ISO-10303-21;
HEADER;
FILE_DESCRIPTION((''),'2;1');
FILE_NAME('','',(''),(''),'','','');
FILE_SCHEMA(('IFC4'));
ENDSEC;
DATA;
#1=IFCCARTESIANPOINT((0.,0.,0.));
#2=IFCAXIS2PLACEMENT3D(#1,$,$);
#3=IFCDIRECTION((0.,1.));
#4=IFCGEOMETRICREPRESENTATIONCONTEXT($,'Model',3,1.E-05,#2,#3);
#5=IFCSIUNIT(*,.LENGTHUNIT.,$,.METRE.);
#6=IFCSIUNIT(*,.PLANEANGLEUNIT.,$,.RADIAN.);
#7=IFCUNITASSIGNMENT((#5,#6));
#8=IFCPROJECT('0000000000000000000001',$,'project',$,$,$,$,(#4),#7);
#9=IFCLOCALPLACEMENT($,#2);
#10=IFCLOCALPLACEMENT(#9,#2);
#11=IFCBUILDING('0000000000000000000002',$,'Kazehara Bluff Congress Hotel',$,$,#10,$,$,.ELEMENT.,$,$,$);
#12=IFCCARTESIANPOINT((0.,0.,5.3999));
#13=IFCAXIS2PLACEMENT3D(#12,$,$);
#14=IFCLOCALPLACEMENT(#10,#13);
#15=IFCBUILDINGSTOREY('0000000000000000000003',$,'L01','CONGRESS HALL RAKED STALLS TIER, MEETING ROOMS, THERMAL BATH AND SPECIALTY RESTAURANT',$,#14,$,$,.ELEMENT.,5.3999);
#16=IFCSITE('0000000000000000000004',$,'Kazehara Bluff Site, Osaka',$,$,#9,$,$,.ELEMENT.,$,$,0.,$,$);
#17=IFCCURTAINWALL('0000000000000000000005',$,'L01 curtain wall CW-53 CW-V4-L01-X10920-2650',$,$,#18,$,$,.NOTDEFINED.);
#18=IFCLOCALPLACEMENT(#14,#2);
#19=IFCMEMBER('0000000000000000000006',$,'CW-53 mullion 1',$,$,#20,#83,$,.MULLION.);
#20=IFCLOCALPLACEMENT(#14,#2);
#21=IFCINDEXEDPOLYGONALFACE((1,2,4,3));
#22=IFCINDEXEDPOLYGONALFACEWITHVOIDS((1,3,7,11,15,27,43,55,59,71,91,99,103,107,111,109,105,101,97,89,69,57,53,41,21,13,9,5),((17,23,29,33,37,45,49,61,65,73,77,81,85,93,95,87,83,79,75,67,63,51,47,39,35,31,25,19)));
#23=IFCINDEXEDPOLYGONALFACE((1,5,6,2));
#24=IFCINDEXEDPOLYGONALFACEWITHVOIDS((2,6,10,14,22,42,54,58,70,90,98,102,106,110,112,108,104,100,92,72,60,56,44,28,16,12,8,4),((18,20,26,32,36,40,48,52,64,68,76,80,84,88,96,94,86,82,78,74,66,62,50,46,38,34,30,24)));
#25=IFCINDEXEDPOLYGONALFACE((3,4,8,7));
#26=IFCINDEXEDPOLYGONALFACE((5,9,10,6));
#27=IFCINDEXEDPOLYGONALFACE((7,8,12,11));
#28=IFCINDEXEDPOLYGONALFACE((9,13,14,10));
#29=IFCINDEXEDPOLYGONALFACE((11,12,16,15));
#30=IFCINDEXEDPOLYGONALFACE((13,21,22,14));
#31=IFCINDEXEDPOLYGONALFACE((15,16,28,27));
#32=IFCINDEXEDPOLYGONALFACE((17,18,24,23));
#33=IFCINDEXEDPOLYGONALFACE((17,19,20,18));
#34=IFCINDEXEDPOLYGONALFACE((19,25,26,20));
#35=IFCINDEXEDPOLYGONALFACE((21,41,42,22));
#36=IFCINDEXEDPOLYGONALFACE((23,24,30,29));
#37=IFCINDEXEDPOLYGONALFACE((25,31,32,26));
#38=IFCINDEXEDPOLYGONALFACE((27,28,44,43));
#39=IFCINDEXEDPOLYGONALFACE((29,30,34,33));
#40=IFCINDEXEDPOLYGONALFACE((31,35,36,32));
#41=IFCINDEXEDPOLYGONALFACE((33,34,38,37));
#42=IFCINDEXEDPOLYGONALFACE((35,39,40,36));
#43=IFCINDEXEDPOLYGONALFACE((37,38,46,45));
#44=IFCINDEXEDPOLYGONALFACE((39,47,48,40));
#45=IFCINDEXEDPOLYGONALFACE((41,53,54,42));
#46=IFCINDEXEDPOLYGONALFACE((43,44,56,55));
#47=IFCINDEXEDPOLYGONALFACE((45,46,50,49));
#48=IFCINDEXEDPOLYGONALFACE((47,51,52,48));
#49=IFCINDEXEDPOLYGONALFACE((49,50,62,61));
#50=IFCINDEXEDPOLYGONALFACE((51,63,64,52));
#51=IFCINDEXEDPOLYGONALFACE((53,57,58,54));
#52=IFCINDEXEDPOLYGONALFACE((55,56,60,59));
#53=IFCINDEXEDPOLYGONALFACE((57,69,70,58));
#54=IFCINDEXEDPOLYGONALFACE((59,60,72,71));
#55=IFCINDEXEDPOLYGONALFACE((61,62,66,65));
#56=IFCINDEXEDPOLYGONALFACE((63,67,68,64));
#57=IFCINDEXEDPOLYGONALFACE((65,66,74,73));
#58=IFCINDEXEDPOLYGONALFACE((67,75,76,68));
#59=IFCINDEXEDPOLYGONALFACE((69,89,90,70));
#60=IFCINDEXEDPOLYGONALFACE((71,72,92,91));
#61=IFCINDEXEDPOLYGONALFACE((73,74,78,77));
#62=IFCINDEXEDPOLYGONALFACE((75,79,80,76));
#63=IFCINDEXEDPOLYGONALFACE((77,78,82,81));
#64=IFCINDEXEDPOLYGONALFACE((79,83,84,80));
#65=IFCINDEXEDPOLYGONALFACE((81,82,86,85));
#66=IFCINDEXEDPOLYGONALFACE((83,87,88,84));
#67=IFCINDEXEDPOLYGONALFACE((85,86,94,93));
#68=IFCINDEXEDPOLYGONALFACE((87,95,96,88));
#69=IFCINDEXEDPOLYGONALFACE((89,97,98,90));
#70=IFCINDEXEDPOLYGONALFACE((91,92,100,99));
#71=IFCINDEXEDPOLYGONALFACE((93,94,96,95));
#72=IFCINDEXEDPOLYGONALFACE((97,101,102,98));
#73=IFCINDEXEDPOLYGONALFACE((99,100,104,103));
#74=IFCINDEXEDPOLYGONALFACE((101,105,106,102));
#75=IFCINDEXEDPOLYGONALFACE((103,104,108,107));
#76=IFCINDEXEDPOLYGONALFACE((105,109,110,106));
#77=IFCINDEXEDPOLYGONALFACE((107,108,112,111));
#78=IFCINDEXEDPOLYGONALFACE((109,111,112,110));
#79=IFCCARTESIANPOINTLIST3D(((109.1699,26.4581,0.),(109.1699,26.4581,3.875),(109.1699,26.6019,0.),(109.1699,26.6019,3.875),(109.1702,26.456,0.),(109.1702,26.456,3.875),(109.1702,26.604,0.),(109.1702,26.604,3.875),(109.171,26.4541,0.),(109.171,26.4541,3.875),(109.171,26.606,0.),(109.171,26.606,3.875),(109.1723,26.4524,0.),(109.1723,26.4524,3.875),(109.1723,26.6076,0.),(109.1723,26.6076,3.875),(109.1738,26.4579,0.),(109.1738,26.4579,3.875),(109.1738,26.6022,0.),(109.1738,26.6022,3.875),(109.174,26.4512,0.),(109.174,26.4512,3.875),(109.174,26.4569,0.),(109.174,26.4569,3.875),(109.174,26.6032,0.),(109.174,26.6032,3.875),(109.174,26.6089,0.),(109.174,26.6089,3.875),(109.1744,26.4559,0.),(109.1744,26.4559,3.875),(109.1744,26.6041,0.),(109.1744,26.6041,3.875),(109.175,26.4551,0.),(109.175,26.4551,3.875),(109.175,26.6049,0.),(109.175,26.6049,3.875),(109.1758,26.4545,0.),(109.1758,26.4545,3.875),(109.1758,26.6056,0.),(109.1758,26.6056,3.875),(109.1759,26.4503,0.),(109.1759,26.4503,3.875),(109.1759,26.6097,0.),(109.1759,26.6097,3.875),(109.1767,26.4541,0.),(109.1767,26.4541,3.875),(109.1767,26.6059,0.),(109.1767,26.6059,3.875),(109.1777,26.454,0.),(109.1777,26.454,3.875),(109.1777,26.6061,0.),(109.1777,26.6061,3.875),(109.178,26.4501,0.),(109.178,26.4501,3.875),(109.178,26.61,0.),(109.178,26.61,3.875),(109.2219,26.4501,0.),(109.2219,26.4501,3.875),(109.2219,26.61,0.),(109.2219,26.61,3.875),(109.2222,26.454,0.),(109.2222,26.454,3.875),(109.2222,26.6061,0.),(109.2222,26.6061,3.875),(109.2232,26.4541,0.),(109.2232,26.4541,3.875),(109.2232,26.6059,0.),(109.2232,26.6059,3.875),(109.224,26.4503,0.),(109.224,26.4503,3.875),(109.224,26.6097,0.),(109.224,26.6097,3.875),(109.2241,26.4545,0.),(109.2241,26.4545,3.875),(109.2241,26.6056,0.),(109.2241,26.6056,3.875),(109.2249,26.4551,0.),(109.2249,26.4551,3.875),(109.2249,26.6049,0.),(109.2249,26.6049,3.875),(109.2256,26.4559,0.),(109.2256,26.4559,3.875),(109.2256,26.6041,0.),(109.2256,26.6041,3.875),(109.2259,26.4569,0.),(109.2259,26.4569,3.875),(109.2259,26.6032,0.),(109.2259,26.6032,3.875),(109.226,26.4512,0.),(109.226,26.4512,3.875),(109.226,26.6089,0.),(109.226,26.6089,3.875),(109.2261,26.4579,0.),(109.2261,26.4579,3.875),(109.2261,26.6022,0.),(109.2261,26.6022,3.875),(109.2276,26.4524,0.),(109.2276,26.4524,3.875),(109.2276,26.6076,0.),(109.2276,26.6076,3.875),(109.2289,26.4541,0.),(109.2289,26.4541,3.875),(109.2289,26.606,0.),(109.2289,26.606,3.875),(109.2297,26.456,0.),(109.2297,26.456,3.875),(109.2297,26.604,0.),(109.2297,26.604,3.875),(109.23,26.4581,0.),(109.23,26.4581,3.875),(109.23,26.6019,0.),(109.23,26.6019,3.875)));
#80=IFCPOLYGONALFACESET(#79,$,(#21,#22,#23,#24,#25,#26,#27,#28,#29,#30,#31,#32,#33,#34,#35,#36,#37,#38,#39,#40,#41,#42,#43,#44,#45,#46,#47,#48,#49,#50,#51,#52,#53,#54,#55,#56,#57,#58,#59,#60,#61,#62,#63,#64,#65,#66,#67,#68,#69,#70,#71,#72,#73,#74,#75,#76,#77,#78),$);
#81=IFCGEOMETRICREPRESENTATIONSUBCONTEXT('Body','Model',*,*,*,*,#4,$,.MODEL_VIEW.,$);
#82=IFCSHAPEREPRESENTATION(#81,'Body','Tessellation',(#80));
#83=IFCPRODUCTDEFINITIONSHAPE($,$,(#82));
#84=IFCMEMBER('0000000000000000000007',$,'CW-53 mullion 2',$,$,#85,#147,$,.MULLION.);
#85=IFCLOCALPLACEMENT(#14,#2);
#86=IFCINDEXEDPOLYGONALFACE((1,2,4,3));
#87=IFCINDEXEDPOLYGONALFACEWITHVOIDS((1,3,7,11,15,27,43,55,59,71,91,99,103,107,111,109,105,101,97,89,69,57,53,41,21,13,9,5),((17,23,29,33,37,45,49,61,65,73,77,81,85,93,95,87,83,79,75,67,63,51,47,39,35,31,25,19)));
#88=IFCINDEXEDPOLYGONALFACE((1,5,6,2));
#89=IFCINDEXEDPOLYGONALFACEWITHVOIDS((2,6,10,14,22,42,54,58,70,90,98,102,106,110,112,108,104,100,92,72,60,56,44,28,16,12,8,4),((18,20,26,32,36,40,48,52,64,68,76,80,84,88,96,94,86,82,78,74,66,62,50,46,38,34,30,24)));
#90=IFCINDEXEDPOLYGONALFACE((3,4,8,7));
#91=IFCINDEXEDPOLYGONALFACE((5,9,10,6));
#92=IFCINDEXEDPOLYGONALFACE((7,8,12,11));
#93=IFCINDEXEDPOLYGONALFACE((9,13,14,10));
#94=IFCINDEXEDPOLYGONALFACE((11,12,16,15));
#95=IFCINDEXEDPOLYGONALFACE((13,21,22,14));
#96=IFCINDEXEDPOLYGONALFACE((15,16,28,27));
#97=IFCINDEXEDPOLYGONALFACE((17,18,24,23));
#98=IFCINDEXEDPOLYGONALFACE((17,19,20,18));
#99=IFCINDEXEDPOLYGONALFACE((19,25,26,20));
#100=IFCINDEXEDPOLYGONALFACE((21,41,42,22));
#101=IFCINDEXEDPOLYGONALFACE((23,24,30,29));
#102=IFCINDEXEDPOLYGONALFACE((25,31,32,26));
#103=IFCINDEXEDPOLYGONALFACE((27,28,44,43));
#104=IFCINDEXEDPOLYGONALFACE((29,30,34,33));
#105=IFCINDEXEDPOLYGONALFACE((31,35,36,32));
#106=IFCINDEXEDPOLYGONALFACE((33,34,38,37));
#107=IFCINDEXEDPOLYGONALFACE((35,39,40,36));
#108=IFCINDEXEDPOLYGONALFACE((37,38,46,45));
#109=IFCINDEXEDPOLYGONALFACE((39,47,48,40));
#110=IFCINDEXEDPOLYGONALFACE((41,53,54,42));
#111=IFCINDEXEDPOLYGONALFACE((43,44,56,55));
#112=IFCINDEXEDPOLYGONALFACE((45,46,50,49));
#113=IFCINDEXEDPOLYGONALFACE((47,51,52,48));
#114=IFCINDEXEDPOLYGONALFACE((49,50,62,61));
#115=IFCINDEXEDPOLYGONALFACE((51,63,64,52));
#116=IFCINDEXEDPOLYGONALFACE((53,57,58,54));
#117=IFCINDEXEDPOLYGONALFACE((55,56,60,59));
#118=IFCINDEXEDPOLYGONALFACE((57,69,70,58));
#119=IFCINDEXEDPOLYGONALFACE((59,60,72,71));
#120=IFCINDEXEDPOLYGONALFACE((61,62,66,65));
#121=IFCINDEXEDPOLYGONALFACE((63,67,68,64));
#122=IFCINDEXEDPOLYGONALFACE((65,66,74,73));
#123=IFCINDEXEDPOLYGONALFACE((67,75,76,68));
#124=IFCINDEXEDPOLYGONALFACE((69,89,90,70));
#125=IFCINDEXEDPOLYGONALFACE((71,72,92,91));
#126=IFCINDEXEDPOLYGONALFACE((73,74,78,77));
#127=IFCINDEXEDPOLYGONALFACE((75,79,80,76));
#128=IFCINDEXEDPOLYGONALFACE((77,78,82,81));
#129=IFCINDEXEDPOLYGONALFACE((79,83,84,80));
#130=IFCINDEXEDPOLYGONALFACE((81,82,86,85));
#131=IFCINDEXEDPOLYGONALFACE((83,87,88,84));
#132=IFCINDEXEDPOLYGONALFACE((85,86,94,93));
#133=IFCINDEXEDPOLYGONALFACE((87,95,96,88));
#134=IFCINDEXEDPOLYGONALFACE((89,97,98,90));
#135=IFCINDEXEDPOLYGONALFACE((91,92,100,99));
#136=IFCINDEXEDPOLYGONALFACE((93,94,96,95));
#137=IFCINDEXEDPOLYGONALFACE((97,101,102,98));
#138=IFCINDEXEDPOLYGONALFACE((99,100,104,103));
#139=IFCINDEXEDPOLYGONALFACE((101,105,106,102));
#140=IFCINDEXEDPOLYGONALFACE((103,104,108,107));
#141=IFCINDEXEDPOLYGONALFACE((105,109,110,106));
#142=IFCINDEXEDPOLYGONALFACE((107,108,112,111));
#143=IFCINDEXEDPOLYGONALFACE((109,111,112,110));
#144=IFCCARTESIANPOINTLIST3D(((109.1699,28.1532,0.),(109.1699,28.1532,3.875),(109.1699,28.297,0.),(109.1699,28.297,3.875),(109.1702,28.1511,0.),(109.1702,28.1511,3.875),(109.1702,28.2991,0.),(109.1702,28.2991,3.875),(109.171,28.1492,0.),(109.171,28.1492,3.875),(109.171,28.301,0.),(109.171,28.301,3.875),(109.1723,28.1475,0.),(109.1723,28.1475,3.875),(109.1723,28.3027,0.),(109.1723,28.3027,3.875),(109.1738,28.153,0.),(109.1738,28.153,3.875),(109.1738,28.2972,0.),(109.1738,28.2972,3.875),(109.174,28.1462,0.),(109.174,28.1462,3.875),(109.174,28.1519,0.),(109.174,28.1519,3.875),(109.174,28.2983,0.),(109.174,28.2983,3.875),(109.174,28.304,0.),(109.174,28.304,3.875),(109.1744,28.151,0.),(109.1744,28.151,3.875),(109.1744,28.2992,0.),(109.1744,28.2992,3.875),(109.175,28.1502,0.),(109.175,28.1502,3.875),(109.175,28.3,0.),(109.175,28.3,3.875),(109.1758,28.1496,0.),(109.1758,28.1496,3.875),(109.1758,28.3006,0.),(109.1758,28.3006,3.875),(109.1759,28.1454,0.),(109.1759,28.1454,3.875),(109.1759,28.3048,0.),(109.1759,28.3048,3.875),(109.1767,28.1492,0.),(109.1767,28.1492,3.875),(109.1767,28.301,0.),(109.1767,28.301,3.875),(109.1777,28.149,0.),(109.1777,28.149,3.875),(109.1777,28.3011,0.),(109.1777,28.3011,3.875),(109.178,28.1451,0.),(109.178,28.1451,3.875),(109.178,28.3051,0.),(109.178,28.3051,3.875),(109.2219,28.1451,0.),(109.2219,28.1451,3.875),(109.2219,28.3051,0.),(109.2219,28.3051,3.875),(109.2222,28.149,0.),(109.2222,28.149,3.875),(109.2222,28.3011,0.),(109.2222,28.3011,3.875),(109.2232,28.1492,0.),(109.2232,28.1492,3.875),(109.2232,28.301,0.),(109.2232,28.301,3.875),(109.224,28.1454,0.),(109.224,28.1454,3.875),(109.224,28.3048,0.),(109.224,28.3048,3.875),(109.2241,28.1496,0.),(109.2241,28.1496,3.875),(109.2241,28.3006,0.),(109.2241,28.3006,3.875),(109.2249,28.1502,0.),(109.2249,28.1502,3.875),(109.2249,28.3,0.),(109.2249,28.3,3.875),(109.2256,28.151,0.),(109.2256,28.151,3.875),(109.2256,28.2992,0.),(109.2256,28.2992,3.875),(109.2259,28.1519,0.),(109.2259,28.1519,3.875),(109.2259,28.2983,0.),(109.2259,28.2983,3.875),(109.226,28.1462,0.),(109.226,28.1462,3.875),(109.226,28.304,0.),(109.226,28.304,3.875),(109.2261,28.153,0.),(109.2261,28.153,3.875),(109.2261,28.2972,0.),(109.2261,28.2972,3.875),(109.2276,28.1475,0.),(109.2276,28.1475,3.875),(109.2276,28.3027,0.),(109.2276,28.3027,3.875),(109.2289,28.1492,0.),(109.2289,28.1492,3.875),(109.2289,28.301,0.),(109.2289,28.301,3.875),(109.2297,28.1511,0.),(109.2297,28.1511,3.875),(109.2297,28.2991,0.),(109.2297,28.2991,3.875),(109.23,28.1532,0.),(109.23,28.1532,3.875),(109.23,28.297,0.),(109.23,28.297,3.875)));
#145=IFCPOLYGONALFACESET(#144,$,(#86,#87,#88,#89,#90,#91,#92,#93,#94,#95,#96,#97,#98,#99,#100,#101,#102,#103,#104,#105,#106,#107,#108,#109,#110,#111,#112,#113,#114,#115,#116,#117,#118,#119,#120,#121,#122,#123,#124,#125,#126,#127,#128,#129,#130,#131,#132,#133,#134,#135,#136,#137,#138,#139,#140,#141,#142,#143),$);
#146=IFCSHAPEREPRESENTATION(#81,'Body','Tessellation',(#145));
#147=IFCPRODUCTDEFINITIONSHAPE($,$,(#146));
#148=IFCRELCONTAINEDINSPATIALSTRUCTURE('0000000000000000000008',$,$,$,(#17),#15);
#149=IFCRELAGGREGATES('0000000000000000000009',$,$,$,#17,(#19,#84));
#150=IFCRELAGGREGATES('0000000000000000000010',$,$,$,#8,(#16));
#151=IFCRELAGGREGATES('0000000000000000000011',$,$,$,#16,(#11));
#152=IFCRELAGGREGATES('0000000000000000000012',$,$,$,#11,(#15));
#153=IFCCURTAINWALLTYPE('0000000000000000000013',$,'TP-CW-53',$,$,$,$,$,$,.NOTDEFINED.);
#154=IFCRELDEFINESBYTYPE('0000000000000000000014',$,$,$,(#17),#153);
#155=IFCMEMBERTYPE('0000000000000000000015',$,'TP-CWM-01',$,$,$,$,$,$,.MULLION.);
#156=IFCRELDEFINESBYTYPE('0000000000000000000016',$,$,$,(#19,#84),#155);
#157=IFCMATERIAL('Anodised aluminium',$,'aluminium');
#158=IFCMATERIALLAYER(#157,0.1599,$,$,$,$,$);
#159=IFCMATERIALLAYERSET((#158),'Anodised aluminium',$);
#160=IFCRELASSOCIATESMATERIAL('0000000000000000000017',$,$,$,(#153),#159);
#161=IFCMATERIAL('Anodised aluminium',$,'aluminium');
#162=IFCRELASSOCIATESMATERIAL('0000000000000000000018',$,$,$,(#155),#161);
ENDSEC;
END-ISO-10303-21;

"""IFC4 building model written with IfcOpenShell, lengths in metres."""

from ifc_helpers import new_model, si_unit, direction, frame, origin, origin_2d, place, context, subcontext, project, spatial, hollow_rectangle, extrude, material, layer, layer_set, material_profile, profile_set, type_object, element, aggregate, save


model = new_model("IFC4")

# Units and contexts
model_context = context("Model", 3, precision=1e-05, world=origin(), true_north=direction((0.0, 1.0)))
body_context = subcontext(model_context, "Body", "Model", "MODEL_VIEW")
ifc_project = project(units=[si_unit("LENGTHUNIT", "METRE"), si_unit("PLANEANGLEUNIT", "RADIAN")], contexts=[model_context])

# Site, building, storey
site_placement = place(None, origin())
site = spatial("IfcSite", under=ifc_project, at=site_placement, Name="Kazehara Bluff Site, Osaka", CompositionType="ELEMENT", RefElevation=0.0)
building_placement = place(site_placement, origin())
building = spatial("IfcBuilding", under=site, at=building_placement, Name="Kazehara Bluff Congress Hotel", CompositionType="ELEMENT")
storey_placement = place(building_placement, frame((0.0, 0.0, 5.3999)))
storey = spatial("IfcBuildingStorey", under=building, at=storey_placement, Name="L01", Description="CONGRESS HALL RAKED STALLS TIER, MEETING ROOMS, THERMAL BATH AND SPECIALTY RESTAURANT", CompositionType="ELEMENT", Elevation=5.3999)

# Curtain wall, members
ifc_material_1 = material(Name="Anodised aluminium", Category="aluminium")
ifc_layer_1 = layer(ifc_material_1, 0.1599)
ifc_layer_set_1 = layer_set([ifc_layer_1], Name="Anodised aluminium")
curtain_wall_type = type_object("IfcCurtainWallType", Name="TP-CW-53", PredefinedType="NOTDEFINED", material=ifc_layer_set_1)
curtain_wall_placement = place(storey_placement, origin())
curtain_wall = element("IfcCurtainWall", 1, at=curtain_wall_placement, inside=storey, type_object=curtain_wall_type, Name="L01 curtain wall CW-53 CW-V4-L01-X10920-2650", PredefinedType="NOTDEFINED")
ifc_material_2 = material(Name="Anodised aluminium", Category="aluminium")
ifc_material_profile_1 = material_profile(ifc_material_2, hollow_rectangle(XDim=0.0601, YDim=0.1599, WallThickness=0.0039, InnerFilletRadius=0.0039, OuterFilletRadius=0.0081, at=origin_2d()))
ifc_profile_set_1 = profile_set([ifc_material_profile_1], Name="Anodised aluminium")
member_type_1 = type_object("IfcMemberType", Name="TP-CWM-01", PredefinedType="MULLION", material=ifc_profile_set_1)
member_1_placement = place(storey_placement, frame((109.2, 26.53, 0.0), z_axis=(0.0, 0.0, 1.0), x_axis=(-1.0, 0.0, 0.0)))
member_1 = element("IfcMember", 2, at=member_1_placement, type_object=member_type_1, Name="CW-53 mullion 1", PredefinedType="MULLION", context=body_context, shape_type="SweptSolid", body=[
    extrude(hollow_rectangle(XDim=0.0601, YDim=0.1599, WallThickness=0.0039, InnerFilletRadius=0.0039, OuterFilletRadius=0.0081, at=origin_2d()), origin(), (0.0, 0.0, 1.0), 3.875),
])
member_2_placement = place(storey_placement, frame((109.2, 28.2251, 0.0), z_axis=(0.0, 0.0, 1.0), x_axis=(-1.0, 0.0, 0.0)))
member_2 = element("IfcMember", 3, at=member_2_placement, type_object=member_type_1, Name="CW-53 mullion 2", PredefinedType="MULLION", context=body_context, shape_type="SweptSolid", body=[
    extrude(hollow_rectangle(XDim=0.0601, YDim=0.1599, WallThickness=0.0039, InnerFilletRadius=0.0039, OuterFilletRadius=0.0081, at=origin_2d()), origin(), (0.0, 0.0, 1.0), 3.875),
])

aggregate(curtain_wall, [member_1, member_2])

save(model, "model.ifc")
